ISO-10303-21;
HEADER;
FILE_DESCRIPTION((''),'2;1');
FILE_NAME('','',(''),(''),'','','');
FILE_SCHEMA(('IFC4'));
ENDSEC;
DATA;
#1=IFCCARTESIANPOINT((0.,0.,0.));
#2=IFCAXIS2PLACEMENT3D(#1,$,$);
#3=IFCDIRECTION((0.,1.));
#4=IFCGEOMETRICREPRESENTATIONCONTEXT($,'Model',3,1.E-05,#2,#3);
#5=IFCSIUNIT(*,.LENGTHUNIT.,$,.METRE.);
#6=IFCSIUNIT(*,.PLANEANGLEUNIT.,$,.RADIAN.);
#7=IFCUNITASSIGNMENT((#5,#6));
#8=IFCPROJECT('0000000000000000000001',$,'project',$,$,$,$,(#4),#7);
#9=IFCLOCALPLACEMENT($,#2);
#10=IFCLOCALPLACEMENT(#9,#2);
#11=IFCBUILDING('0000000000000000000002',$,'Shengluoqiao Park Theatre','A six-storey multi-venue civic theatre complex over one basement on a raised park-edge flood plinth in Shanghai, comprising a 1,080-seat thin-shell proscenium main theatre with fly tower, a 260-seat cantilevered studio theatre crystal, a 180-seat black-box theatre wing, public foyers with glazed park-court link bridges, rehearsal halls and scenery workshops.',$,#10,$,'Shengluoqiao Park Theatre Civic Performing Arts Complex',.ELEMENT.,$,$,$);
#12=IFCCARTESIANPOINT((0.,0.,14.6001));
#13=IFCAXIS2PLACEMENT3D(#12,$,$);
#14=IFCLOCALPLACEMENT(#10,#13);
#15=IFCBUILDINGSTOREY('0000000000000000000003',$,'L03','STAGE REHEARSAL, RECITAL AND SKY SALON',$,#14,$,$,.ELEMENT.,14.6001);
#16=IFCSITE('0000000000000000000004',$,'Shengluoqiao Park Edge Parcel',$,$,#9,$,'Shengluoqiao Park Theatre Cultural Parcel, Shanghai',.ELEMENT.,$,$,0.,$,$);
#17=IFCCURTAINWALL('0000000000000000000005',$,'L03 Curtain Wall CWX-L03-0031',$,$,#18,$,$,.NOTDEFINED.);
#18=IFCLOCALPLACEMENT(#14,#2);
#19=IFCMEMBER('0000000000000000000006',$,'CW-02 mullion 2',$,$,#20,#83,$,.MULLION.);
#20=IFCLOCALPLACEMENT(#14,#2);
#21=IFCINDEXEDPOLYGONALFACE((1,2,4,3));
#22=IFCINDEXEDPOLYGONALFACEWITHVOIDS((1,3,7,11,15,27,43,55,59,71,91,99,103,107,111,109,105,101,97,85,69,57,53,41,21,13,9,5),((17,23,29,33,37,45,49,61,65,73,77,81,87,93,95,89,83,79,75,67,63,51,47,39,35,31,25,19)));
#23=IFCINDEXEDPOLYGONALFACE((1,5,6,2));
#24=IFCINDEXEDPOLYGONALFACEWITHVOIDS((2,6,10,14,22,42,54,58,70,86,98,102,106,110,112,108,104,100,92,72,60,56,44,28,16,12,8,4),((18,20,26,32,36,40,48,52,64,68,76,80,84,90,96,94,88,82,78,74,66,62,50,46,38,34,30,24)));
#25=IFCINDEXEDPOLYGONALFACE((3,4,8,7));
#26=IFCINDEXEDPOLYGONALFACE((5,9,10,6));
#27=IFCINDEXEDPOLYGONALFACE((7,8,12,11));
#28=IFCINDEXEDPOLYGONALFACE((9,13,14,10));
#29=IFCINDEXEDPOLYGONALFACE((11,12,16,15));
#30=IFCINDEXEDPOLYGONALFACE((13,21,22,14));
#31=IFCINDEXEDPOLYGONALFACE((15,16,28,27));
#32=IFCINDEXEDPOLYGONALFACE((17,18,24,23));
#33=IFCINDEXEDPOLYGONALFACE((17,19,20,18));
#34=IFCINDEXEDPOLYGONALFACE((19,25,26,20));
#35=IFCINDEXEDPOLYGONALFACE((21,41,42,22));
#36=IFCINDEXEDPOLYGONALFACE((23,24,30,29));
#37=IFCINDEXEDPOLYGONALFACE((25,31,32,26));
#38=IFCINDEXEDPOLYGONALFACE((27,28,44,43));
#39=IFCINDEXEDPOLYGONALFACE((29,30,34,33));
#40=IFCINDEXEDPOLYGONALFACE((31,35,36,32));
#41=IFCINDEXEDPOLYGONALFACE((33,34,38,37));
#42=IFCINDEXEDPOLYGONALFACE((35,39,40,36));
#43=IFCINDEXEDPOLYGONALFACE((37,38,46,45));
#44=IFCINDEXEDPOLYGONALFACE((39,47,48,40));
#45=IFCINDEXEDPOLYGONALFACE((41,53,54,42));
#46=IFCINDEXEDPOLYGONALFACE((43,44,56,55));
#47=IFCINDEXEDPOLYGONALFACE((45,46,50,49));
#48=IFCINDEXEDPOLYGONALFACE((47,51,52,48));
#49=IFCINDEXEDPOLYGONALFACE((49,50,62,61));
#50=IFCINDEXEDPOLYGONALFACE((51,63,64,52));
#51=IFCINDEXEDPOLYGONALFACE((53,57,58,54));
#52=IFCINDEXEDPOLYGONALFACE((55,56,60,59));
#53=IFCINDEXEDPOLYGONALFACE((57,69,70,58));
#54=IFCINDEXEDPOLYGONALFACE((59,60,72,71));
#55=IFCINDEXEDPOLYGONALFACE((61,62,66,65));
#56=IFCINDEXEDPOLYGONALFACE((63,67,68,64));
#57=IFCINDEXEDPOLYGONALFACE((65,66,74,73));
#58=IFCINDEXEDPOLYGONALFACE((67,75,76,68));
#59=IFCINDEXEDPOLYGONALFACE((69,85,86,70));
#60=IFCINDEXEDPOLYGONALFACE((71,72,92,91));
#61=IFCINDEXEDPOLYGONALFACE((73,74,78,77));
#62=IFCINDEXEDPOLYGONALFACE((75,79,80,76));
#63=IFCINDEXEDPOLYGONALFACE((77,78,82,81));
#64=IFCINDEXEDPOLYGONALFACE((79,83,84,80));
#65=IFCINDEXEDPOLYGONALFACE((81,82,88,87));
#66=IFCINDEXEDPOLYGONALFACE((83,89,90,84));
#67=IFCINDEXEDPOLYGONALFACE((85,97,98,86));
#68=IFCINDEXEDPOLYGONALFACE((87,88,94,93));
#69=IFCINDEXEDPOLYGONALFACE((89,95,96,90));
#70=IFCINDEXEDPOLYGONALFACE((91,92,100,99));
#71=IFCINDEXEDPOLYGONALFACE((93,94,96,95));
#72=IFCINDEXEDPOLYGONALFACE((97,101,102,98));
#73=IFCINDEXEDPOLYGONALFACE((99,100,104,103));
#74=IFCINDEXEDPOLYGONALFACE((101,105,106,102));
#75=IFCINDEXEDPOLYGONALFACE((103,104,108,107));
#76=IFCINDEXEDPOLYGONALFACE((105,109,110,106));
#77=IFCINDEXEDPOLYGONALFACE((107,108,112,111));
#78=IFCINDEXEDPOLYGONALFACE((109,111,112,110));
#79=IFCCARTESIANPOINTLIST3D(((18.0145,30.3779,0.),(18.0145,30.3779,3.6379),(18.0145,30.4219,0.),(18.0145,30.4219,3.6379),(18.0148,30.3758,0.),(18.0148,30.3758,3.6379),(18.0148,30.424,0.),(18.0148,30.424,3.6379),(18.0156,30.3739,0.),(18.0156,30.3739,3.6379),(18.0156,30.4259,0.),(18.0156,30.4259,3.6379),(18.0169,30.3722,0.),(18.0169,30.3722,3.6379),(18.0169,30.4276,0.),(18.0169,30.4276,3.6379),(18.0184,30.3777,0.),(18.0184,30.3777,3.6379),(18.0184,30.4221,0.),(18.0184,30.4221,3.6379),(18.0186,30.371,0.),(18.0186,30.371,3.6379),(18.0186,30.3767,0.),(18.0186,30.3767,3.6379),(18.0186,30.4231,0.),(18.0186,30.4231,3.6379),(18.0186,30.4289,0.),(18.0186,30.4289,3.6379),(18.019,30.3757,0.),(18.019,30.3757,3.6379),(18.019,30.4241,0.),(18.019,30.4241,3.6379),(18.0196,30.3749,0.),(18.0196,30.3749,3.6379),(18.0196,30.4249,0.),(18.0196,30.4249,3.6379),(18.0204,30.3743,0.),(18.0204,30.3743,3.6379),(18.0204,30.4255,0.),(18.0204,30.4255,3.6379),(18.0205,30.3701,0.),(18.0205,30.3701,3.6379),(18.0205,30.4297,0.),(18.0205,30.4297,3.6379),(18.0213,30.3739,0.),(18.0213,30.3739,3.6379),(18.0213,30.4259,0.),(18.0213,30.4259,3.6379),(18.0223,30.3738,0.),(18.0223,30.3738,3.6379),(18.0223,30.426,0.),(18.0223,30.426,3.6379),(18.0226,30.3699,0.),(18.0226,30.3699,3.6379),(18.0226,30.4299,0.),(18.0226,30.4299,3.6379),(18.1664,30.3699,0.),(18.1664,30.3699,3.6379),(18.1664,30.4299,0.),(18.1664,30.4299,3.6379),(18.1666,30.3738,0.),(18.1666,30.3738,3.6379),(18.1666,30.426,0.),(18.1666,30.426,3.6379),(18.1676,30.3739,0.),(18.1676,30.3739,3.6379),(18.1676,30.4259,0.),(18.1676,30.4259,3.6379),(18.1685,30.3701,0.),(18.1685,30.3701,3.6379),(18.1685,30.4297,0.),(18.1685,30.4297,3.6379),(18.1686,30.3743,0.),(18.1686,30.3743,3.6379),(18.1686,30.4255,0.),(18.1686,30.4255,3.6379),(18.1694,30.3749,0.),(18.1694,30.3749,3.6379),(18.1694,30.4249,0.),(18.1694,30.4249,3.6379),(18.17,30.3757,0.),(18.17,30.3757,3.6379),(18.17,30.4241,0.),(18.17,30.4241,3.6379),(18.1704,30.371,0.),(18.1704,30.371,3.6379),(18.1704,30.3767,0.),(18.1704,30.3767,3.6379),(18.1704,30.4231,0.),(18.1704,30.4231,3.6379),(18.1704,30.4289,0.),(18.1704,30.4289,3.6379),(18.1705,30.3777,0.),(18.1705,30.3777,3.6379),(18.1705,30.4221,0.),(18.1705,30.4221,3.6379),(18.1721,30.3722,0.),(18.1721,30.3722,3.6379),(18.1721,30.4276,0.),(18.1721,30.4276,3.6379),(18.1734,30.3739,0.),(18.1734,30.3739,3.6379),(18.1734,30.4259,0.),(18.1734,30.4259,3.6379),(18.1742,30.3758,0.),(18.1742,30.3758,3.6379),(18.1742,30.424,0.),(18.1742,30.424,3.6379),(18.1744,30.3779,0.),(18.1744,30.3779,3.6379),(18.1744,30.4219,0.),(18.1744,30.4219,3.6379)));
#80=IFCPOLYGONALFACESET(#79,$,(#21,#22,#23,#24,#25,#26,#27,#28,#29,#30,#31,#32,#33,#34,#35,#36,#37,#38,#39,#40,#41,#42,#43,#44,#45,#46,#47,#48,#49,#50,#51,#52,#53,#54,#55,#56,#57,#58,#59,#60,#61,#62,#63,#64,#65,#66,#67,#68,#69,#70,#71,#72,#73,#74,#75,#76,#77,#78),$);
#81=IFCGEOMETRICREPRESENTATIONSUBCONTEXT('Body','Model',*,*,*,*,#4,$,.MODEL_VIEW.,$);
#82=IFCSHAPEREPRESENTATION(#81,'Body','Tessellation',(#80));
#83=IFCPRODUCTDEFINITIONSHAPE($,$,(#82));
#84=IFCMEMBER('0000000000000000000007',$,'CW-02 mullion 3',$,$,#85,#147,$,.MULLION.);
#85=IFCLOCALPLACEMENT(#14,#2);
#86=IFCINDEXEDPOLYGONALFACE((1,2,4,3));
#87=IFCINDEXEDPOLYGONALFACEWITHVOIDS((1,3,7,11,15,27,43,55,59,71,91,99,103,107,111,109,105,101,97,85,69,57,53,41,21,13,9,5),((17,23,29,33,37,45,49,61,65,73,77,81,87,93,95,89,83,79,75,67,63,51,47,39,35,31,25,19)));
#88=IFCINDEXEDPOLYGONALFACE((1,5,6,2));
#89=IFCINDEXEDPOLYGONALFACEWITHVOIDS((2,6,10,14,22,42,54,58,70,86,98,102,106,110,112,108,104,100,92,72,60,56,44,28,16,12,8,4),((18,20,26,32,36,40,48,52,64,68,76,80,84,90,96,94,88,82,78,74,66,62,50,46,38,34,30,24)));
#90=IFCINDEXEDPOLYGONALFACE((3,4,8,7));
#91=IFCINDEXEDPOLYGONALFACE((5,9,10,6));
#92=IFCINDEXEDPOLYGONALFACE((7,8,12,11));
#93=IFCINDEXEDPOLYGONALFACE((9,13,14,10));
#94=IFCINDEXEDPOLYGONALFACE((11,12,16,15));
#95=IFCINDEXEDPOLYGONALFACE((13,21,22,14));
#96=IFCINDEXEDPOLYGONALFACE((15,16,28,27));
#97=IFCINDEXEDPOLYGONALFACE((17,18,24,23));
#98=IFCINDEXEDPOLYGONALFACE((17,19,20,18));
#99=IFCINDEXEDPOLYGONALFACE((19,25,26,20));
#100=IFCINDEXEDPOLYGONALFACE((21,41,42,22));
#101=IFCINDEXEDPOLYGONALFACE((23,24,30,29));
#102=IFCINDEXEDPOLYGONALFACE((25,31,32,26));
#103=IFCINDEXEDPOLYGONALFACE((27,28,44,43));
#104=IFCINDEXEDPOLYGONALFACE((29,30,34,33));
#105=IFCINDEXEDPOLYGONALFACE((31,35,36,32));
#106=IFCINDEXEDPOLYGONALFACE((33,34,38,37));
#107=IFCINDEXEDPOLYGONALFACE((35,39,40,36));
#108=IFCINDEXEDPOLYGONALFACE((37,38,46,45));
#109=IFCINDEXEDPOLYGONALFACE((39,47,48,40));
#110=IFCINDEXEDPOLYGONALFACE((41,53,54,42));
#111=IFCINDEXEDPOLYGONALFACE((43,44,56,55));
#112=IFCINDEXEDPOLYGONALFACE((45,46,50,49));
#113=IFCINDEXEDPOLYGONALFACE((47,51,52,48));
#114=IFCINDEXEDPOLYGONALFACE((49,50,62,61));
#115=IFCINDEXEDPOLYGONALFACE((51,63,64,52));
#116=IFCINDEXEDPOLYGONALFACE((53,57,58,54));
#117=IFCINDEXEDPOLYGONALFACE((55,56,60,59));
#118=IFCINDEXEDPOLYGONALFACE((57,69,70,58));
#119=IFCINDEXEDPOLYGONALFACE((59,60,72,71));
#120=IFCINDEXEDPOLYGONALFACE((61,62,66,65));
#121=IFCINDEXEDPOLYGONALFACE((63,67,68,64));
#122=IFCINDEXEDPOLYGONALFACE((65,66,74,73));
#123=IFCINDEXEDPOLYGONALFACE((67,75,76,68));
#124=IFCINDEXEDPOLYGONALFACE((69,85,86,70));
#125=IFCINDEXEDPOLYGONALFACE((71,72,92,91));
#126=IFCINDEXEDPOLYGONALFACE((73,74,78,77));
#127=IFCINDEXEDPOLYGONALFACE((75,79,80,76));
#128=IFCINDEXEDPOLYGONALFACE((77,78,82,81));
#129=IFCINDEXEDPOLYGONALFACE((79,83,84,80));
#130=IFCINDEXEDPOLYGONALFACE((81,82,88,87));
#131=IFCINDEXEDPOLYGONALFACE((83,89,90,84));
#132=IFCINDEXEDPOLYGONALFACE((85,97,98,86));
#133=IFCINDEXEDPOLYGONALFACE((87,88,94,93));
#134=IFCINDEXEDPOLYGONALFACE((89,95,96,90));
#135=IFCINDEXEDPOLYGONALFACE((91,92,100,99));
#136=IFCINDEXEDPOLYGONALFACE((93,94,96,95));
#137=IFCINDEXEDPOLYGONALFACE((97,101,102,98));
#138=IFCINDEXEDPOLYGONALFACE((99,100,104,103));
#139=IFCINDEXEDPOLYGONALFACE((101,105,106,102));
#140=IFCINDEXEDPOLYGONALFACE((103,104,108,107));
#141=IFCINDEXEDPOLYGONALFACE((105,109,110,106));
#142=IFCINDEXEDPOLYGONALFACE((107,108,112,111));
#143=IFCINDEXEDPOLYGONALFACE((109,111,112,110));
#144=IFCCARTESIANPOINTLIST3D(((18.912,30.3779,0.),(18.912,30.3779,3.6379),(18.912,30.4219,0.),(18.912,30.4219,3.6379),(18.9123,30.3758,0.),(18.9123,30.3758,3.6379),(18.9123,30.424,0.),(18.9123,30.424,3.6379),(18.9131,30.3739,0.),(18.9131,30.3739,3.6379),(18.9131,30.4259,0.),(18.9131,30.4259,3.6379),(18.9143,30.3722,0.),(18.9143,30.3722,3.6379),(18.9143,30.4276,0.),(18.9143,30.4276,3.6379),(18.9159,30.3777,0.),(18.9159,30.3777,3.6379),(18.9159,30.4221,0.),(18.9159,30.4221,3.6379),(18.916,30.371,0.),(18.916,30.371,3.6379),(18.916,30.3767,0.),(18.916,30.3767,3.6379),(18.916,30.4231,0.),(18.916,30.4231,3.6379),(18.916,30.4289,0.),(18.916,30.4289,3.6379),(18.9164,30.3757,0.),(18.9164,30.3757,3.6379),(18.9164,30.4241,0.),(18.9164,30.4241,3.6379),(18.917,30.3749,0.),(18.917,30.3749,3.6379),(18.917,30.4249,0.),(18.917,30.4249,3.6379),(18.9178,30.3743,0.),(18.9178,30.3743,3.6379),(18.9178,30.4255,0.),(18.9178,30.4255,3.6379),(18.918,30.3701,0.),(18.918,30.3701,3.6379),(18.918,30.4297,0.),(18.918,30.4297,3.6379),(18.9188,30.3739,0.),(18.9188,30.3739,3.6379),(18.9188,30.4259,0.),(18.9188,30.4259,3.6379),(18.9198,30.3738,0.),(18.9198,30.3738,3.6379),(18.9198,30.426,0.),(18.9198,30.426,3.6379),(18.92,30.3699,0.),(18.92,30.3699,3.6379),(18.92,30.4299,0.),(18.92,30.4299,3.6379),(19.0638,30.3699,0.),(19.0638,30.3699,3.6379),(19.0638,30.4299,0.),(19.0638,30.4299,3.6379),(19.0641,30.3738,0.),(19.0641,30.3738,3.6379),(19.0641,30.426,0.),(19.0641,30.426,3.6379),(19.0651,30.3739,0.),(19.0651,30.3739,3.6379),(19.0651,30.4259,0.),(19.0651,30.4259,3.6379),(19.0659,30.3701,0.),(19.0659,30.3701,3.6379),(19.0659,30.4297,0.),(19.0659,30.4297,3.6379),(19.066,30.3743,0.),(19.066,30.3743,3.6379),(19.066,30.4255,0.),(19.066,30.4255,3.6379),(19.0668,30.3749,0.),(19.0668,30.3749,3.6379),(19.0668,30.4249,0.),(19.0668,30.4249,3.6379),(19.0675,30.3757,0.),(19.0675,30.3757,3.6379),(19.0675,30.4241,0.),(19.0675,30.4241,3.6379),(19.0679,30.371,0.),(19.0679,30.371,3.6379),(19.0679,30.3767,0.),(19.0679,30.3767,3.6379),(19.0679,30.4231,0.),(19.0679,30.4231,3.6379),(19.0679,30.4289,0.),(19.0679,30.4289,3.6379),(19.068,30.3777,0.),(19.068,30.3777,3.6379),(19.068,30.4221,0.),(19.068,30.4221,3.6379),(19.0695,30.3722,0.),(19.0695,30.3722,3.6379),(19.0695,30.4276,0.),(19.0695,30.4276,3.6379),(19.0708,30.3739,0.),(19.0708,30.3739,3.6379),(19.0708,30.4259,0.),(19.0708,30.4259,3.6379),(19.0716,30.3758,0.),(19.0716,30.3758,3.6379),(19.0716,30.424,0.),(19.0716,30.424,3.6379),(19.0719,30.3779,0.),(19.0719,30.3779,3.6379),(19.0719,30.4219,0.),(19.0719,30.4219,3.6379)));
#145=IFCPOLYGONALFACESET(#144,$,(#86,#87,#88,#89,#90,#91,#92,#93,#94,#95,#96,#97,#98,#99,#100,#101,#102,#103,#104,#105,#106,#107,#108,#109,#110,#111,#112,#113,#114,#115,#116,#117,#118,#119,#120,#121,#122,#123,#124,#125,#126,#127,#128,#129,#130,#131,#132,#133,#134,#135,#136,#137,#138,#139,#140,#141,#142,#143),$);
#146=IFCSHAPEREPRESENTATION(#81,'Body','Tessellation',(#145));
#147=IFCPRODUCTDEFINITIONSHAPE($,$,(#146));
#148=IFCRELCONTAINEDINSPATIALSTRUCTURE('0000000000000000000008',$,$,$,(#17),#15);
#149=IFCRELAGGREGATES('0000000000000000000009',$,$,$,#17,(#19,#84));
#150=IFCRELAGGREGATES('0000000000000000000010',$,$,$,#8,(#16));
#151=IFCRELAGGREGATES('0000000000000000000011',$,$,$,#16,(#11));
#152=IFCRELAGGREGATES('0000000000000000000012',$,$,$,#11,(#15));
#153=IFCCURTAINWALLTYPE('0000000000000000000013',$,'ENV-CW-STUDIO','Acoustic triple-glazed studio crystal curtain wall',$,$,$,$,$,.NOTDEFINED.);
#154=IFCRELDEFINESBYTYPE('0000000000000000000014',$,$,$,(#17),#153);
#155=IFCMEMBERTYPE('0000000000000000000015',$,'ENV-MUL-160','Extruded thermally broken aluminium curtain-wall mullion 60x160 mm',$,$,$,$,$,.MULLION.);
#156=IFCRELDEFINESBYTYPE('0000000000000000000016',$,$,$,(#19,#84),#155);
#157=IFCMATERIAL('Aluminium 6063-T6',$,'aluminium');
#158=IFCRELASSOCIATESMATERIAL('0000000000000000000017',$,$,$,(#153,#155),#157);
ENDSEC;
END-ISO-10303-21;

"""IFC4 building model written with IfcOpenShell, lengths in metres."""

from ifc_helpers import new_model, si_unit, direction, frame, origin, origin_2d, place, context, subcontext, project, spatial, hollow_rectangle, extrude, material, material_profile, profile_set, type_object, element, aggregate, save


model = new_model("IFC4")

# Units and contexts
model_context = context("Model", 3, precision=1e-05, world=origin(), true_north=direction((0.0, 1.0)))
body_context = subcontext(model_context, "Body", "Model", "MODEL_VIEW")
ifc_project = project(units=[si_unit("LENGTHUNIT", "METRE"), si_unit("PLANEANGLEUNIT", "RADIAN")], contexts=[model_context])

# Site, building, storey
site_placement = place(None, origin())
site = spatial("IfcSite", under=ifc_project, at=site_placement, Name="Shengluoqiao Park Edge Parcel", LongName="Shengluoqiao Park Theatre Cultural Parcel, Shanghai", CompositionType="ELEMENT", RefElevation=0.0)
building_placement = place(site_placement, origin())
building = spatial("IfcBuilding", under=site, at=building_placement, Name="Shengluoqiao Park Theatre", Description="A six-storey multi-venue civic theatre complex over one basement on a raised park-edge flood plinth in Shanghai, comprising a 1,080-seat thin-shell proscenium main theatre with fly tower, a 260-seat cantilevered studio theatre crystal, a 180-seat black-box theatre wing, public foyers with glazed park-court link bridges, rehearsal halls and scenery workshops.", LongName="Shengluoqiao Park Theatre Civic Performing Arts Complex", CompositionType="ELEMENT")
storey_placement = place(building_placement, frame((0.0, 0.0, 14.6001)))
storey = spatial("IfcBuildingStorey", under=building, at=storey_placement, Name="L03", Description="STAGE REHEARSAL, RECITAL AND SKY SALON", CompositionType="ELEMENT", Elevation=14.6001)

# Shared definitions
ifc_material_1 = material(Name="Aluminium 6063-T6", Category="aluminium")
curtain_wall_type = type_object("IfcCurtainWallType", Name="ENV-CW-STUDIO", Description="Acoustic triple-glazed studio crystal curtain wall", PredefinedType="NOTDEFINED", material=ifc_material_1)
ifc_material_profile_1 = material_profile(ifc_material_1, hollow_rectangle(XDim=0.0601, YDim=0.1599, WallThickness=0.0039, InnerFilletRadius=0.0039, OuterFilletRadius=0.0081, at=origin_2d()), Name="ALU MULLION 160x60x4")
ifc_profile_set_1 = profile_set([ifc_material_profile_1], Name="Aluminium 6063-T6")
member_type_1 = type_object("IfcMemberType", Name="ENV-MUL-160", Description="Extruded thermally broken aluminium curtain-wall mullion 60x160 mm", PredefinedType="MULLION", material=ifc_profile_set_1)

# Curtain wall, members
curtain_wall_1_placement = place(storey_placement, origin())
curtain_wall_1 = element("IfcCurtainWall", 1, at=curtain_wall_1_placement, inside=storey, type_object=curtain_wall_type, Name="L03 Curtain Wall CWX-L03-0031", PredefinedType="NOTDEFINED")
member_1_placement = place(storey_placement, frame((18.0945, 30.3999, 0.0), z_axis=(0.0, 0.0, 1.0), x_axis=(0.0, 1.0, 0.0)))
member_1 = element("IfcMember", 2, at=member_1_placement, type_object=member_type_1, Name="CW-02 mullion 2", PredefinedType="MULLION", context=body_context, shape_type="SweptSolid", body=[
    extrude(hollow_rectangle(XDim=0.0601, YDim=0.1599, WallThickness=0.0039, InnerFilletRadius=0.0039, OuterFilletRadius=0.0081, at=origin_2d()), origin(), (0.0, 0.0, 1.0), 3.6379),
])
member_2_placement = place(storey_placement, frame((18.9919, 30.3999, 0.0), z_axis=(0.0, 0.0, 1.0), x_axis=(0.0, 1.0, 0.0)))
member_2 = element("IfcMember", 3, at=member_2_placement, type_object=member_type_1, Name="CW-02 mullion 3", PredefinedType="MULLION", context=body_context, shape_type="SweptSolid", body=[
    extrude(hollow_rectangle(XDim=0.0601, YDim=0.1599, WallThickness=0.0039, InnerFilletRadius=0.0039, OuterFilletRadius=0.0081, at=origin_2d()), origin(), (0.0, 0.0, 1.0), 3.6379),
])

aggregate(curtain_wall_1, [member_1, member_2])

save(model, "model.ifc")
